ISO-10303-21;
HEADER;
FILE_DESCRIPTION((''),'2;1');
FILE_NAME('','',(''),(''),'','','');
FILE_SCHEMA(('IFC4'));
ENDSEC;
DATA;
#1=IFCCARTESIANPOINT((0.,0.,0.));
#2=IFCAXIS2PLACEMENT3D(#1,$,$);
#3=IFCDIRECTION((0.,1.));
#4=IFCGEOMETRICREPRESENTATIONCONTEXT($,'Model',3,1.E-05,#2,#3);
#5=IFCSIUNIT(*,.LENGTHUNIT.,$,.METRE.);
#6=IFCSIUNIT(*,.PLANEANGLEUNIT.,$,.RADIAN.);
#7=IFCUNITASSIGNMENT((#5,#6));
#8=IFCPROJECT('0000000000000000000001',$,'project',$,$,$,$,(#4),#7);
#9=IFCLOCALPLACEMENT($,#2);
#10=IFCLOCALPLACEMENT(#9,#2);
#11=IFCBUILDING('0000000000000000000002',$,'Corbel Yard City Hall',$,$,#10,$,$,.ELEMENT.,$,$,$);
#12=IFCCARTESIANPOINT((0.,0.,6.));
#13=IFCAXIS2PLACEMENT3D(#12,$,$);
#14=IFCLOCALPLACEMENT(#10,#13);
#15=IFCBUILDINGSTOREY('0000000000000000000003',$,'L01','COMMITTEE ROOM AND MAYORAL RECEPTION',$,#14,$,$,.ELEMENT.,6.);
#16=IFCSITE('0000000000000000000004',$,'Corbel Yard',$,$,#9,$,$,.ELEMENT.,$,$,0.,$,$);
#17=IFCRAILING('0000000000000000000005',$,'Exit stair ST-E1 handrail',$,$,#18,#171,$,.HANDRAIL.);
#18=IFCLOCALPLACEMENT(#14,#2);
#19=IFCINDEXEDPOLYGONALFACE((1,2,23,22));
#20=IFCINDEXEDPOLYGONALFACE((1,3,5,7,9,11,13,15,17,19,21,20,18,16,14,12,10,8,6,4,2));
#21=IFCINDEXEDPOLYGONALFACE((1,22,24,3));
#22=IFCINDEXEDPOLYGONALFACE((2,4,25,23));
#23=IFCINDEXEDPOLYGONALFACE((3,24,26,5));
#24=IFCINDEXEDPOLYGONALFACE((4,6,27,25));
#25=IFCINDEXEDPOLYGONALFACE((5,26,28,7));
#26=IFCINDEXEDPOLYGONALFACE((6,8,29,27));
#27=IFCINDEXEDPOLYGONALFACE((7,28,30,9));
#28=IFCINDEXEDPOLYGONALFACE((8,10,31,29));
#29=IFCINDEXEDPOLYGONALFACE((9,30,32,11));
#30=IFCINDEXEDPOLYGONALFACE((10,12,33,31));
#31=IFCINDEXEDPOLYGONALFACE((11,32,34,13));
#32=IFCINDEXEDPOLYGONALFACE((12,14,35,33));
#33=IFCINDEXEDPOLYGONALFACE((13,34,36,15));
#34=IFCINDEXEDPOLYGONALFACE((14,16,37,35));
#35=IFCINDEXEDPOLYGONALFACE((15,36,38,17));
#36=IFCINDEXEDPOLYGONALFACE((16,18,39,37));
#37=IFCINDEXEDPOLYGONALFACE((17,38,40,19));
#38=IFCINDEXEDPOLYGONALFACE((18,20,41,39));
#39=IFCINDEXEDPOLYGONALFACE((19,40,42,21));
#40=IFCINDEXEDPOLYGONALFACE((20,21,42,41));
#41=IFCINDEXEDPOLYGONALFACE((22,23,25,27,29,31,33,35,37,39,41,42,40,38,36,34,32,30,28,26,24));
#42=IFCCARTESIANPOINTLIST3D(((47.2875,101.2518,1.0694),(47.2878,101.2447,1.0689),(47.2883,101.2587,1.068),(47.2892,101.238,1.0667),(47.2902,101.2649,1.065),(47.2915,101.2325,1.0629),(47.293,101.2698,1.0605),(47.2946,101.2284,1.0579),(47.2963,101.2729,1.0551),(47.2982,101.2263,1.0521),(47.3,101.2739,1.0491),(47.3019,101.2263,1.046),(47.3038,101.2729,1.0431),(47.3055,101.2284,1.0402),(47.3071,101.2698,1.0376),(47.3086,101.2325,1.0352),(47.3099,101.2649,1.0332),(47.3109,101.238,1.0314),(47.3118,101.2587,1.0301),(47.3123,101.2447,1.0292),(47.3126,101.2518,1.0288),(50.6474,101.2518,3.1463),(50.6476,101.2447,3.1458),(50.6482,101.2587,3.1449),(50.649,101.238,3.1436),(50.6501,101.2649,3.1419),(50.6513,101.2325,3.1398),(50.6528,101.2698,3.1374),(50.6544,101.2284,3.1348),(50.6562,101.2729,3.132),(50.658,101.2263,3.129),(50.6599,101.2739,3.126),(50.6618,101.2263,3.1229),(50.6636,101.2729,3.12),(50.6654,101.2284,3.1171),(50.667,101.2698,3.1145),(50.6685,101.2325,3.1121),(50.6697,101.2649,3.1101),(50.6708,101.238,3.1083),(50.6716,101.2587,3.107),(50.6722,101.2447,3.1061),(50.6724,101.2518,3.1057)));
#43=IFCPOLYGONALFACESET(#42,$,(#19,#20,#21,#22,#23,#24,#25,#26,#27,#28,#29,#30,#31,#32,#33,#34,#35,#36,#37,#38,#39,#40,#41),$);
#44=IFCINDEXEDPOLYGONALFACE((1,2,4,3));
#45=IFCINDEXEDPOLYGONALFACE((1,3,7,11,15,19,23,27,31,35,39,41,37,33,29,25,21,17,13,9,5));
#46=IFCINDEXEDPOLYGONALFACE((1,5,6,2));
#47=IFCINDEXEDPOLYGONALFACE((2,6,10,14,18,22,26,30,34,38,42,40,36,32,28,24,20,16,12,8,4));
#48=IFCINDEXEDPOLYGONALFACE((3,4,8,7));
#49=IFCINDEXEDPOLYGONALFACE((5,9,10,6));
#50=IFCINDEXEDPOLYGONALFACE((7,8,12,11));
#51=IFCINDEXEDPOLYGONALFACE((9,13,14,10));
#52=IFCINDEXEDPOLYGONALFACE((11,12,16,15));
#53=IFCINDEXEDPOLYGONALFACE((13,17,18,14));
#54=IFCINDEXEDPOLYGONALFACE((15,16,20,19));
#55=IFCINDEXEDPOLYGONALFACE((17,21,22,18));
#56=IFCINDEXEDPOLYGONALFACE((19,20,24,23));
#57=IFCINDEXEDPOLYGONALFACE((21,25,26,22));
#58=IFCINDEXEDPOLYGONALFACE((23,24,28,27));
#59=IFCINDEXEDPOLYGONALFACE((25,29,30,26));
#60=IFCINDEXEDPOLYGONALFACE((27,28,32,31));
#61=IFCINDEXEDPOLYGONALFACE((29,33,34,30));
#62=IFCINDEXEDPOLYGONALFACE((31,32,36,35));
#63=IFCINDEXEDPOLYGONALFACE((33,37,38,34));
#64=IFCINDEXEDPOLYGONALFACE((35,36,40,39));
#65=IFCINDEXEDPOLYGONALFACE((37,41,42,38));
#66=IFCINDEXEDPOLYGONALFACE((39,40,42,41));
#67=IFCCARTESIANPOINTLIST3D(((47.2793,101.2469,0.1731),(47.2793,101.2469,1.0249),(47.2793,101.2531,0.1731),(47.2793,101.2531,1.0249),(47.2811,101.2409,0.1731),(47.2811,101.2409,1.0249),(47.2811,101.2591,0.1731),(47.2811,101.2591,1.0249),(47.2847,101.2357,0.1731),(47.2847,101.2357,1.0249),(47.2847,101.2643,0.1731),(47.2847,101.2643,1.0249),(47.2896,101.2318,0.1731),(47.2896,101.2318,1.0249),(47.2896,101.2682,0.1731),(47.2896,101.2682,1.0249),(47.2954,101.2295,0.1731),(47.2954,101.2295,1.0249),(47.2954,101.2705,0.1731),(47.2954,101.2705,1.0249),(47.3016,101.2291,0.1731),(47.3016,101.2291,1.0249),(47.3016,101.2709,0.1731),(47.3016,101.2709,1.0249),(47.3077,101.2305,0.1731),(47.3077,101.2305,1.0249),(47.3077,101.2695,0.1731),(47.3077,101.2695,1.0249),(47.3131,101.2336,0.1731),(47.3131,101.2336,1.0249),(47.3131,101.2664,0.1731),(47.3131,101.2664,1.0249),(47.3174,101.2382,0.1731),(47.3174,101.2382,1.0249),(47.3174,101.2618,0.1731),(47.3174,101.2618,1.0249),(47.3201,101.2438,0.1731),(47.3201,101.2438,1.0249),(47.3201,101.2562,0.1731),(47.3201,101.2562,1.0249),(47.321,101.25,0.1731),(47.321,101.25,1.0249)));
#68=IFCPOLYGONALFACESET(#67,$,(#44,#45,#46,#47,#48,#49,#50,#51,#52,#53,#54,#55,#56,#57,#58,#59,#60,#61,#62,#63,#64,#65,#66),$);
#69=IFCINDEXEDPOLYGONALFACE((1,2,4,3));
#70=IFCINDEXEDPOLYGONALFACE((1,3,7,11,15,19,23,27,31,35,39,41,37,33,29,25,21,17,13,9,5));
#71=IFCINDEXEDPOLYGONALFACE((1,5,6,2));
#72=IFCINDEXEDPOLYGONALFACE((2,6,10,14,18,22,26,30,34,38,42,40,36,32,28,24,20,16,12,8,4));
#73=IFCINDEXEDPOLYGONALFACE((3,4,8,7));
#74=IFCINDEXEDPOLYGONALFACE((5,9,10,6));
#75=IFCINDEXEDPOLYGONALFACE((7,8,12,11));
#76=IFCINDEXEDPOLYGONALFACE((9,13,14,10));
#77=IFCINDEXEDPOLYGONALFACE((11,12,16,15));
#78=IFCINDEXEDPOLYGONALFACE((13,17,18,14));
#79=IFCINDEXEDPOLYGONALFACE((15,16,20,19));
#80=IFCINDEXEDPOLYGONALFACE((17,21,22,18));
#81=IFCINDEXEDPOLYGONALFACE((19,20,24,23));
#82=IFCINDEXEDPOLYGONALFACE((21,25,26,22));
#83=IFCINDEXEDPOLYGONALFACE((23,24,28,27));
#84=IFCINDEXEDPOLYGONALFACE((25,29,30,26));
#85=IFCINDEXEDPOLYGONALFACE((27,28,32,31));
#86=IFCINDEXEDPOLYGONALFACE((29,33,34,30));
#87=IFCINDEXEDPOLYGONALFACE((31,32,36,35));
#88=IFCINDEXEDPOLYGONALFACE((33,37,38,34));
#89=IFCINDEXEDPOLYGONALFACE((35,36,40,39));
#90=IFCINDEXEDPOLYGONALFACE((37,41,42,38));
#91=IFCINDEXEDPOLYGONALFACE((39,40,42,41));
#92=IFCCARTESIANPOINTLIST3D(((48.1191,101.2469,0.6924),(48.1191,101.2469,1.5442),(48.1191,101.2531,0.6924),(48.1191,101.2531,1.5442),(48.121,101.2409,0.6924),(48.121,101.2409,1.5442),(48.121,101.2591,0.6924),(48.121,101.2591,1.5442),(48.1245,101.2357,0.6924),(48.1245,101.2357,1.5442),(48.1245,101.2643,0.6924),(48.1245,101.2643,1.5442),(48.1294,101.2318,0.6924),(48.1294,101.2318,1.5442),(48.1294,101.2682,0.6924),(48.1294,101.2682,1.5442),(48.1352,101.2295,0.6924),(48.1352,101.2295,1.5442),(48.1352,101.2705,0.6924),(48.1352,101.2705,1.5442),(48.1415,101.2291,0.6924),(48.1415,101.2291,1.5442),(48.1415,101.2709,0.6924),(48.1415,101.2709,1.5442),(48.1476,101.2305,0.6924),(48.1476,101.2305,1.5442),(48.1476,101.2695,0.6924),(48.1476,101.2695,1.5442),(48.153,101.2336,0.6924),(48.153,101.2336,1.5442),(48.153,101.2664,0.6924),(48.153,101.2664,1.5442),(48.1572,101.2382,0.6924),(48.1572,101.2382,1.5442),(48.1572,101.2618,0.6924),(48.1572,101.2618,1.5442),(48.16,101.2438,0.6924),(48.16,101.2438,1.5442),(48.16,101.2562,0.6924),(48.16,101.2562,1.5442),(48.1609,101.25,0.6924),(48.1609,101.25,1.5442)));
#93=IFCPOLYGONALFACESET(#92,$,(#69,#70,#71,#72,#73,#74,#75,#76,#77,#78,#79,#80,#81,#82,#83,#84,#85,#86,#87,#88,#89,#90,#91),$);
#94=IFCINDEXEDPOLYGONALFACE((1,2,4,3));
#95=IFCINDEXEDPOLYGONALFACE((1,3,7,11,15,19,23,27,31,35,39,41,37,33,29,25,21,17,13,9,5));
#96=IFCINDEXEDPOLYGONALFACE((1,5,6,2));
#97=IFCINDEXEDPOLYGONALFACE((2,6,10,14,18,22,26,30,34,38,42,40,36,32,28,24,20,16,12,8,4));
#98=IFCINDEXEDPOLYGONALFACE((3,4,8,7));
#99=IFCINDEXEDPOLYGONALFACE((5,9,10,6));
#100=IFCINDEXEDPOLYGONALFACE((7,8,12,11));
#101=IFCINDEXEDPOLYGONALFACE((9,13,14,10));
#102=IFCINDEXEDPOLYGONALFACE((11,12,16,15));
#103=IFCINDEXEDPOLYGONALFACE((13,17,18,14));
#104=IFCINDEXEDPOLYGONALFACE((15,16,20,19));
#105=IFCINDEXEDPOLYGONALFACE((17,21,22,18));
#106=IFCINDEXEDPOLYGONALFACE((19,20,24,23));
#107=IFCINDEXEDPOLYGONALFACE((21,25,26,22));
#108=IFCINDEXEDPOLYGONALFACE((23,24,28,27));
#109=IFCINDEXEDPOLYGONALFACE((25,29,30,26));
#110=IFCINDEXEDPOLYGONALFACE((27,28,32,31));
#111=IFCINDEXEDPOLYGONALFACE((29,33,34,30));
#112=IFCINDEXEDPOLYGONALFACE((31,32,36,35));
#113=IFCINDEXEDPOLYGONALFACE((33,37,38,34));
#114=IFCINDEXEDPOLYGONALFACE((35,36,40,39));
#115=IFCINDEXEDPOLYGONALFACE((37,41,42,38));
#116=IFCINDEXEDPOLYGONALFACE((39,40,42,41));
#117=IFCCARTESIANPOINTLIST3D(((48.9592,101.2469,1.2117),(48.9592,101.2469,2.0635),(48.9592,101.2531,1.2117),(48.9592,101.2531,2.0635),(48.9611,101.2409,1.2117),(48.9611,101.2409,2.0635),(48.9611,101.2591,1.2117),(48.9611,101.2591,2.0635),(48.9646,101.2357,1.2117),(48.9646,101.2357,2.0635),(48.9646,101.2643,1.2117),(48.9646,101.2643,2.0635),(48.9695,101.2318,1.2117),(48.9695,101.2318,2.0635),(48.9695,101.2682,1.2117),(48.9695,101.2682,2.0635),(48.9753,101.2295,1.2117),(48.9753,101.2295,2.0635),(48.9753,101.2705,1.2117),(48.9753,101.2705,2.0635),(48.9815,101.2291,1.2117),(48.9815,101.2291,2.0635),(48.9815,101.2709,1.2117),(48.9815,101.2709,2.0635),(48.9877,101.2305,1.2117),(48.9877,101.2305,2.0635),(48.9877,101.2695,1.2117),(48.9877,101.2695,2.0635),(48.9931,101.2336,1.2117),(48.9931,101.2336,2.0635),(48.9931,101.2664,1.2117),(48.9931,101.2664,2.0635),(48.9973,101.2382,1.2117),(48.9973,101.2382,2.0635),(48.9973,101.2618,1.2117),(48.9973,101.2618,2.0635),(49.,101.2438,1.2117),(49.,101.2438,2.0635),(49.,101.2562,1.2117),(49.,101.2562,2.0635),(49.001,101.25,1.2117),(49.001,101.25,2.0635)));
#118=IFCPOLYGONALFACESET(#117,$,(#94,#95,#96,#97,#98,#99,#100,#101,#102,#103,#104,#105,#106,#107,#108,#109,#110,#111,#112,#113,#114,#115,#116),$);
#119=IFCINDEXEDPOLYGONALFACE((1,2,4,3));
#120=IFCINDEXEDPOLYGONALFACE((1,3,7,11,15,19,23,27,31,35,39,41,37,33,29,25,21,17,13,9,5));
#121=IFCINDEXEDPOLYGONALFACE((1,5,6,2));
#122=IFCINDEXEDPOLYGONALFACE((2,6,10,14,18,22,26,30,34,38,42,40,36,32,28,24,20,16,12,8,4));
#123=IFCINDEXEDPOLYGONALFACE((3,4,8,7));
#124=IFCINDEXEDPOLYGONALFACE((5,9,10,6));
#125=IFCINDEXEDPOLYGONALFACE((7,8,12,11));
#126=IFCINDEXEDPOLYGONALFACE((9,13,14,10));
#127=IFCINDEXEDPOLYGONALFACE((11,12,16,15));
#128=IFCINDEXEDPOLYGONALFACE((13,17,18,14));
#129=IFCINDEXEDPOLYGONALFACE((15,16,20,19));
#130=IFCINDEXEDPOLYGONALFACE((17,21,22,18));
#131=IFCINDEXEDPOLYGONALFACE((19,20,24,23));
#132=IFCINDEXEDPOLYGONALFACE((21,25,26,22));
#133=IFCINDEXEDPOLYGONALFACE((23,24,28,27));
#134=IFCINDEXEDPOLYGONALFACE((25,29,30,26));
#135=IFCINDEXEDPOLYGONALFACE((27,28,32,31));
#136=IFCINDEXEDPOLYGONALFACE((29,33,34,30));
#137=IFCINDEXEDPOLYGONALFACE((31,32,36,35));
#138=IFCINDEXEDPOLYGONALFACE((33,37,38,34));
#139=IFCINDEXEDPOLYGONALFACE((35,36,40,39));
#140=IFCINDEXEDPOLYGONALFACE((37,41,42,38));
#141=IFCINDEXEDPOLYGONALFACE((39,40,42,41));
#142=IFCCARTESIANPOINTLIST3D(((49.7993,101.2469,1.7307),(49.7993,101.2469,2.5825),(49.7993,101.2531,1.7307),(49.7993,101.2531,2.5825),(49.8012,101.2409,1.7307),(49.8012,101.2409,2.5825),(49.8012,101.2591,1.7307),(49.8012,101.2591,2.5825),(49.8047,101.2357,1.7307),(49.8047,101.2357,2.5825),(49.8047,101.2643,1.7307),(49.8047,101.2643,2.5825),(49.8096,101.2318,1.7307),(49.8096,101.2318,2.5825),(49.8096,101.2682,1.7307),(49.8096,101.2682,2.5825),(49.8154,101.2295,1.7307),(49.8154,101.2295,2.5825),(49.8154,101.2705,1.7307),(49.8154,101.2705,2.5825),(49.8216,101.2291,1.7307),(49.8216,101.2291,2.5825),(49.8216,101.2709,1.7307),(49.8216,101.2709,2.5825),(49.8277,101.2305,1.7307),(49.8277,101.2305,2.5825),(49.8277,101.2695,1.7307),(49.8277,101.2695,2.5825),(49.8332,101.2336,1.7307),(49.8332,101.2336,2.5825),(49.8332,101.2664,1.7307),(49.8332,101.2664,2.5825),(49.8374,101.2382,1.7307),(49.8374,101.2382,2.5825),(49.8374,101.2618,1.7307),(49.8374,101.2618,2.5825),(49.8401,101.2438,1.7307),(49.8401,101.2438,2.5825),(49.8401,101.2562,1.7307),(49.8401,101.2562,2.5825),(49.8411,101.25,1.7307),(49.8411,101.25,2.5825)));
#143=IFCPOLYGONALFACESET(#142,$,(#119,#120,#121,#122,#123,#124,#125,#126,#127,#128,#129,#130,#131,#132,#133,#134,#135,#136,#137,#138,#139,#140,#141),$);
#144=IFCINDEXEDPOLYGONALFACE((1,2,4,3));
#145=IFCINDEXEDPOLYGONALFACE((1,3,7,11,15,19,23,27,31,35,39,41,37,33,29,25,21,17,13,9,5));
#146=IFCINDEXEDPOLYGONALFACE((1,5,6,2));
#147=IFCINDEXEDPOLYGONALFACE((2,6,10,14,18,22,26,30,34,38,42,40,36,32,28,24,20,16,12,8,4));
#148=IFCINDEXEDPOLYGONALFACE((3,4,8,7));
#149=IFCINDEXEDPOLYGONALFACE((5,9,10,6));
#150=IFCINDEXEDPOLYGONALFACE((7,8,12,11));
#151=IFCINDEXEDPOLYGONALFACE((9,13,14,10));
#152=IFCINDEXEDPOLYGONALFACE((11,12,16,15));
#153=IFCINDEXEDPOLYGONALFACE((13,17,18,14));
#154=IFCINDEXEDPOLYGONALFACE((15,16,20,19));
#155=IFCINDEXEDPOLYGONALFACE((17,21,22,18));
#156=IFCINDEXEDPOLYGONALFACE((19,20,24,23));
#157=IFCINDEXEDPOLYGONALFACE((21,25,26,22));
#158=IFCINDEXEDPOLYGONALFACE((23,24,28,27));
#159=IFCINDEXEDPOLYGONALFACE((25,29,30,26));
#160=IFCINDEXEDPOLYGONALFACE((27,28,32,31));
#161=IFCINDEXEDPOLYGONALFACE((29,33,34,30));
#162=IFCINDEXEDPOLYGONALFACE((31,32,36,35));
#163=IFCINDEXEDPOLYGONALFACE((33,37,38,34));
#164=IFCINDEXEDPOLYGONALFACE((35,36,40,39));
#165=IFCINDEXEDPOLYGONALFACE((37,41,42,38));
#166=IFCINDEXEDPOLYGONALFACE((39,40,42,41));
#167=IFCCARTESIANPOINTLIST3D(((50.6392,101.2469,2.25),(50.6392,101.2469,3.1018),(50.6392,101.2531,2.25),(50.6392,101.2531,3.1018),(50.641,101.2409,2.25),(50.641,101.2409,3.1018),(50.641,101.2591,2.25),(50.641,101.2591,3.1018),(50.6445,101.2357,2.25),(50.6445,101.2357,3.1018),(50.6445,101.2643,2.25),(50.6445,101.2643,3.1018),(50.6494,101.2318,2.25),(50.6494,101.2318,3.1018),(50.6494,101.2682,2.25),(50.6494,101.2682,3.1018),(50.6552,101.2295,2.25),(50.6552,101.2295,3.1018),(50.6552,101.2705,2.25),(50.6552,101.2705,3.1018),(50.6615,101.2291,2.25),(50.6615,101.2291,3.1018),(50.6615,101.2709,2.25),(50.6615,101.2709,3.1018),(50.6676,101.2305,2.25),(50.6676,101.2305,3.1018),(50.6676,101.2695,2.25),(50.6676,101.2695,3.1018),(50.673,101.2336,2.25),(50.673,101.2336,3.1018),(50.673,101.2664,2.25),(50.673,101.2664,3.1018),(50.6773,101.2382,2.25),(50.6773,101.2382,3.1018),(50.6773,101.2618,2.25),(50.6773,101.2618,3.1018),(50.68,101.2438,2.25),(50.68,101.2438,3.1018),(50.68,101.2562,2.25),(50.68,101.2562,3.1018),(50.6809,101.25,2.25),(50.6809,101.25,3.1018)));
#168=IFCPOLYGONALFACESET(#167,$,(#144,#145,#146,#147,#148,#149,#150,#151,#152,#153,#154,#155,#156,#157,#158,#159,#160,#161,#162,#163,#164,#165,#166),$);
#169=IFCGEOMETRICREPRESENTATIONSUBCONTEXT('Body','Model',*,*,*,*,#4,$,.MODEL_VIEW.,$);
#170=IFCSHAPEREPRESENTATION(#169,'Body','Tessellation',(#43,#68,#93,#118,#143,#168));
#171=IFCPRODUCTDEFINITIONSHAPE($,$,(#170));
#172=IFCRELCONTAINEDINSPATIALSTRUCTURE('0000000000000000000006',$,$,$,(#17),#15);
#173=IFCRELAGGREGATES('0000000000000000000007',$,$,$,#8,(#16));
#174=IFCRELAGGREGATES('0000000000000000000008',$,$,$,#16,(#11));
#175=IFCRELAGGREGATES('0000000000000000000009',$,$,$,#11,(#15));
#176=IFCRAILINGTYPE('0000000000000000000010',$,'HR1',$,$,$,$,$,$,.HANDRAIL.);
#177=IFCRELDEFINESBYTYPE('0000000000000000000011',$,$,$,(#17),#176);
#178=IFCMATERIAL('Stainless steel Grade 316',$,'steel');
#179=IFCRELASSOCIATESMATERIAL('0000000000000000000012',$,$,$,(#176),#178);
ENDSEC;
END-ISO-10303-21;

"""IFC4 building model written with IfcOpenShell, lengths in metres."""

from ifc_helpers import new_model, si_unit, direction, frame, origin, origin_2d, place, context, subcontext, project, spatial, circle, extrude, material, type_object, element, save


model = new_model("IFC4")

# Units and contexts
model_context = context("Model", 3, precision=1e-05, world=origin(), true_north=direction((0.0, 1.0)))
body_context = subcontext(model_context, "Body", "Model", "MODEL_VIEW")
ifc_project = project(units=[si_unit("LENGTHUNIT", "METRE"), si_unit("PLANEANGLEUNIT", "RADIAN")], contexts=[model_context])

# Site, building, storey
site_placement = place(None, origin())
site = spatial("IfcSite", under=ifc_project, at=site_placement, Name="Corbel Yard", CompositionType="ELEMENT", RefElevation=0.0)
building_placement = place(site_placement, origin())
building = spatial("IfcBuilding", under=site, at=building_placement, Name="Corbel Yard City Hall", CompositionType="ELEMENT")
storey_placement = place(building_placement, frame((0.0, 0.0, 6.0)))
storey = spatial("IfcBuildingStorey", under=building, at=storey_placement, Name="L01", Description="COMMITTEE ROOM AND MAYORAL RECEPTION", CompositionType="ELEMENT", Elevation=6.0)

# Shared definitions
ifc_material_1 = material(Name="Stainless steel Grade 316", Category="steel")

# Railing
railing_type = type_object("IfcRailingType", Name="HR1", PredefinedType="HANDRAIL", material=ifc_material_1)
for number, where, name in (
    (1, (47.3, 101.25, 0.1731), "Exit stair ST-E1 handrail"),
):
    element("IfcRailing", number, at=place(storey_placement, frame(where)), inside=storey, type_object=railing_type, Name=name, PredefinedType="HANDRAIL", context=body_context, shape_type="SweptSolid", body=[
        extrude(circle(Radius=0.0239, at=origin_2d()), frame((0.0, 0.0, 0.876), z_axis=(0.850606, 0.0, 0.525803), x_axis=(0.0, 1.0, 0.0)), (0.0, 0.0, 1.0), 3.95),
        extrude(circle(Radius=0.021, at=origin_2d()), origin(), (0.0, 0.0, 1.0), 0.8518),
        extrude(circle(Radius=0.021, at=origin_2d()), frame((0.8398, 0.0, 0.5193)), (0.0, 0.0, 1.0), 0.8518),
        extrude(circle(Radius=0.021, at=origin_2d()), frame((1.6799, 0.0, 1.0386)), (0.0, 0.0, 1.0), 0.8518),
        extrude(circle(Radius=0.021, at=origin_2d()), frame((2.52, 0.0, 1.5576)), (0.0, 0.0, 1.0), 0.8518),
        extrude(circle(Radius=0.021, at=origin_2d()), frame((3.3599, 0.0, 2.0769)), (0.0, 0.0, 1.0), 0.8518),
    ])

save(model, "model.ifc")
